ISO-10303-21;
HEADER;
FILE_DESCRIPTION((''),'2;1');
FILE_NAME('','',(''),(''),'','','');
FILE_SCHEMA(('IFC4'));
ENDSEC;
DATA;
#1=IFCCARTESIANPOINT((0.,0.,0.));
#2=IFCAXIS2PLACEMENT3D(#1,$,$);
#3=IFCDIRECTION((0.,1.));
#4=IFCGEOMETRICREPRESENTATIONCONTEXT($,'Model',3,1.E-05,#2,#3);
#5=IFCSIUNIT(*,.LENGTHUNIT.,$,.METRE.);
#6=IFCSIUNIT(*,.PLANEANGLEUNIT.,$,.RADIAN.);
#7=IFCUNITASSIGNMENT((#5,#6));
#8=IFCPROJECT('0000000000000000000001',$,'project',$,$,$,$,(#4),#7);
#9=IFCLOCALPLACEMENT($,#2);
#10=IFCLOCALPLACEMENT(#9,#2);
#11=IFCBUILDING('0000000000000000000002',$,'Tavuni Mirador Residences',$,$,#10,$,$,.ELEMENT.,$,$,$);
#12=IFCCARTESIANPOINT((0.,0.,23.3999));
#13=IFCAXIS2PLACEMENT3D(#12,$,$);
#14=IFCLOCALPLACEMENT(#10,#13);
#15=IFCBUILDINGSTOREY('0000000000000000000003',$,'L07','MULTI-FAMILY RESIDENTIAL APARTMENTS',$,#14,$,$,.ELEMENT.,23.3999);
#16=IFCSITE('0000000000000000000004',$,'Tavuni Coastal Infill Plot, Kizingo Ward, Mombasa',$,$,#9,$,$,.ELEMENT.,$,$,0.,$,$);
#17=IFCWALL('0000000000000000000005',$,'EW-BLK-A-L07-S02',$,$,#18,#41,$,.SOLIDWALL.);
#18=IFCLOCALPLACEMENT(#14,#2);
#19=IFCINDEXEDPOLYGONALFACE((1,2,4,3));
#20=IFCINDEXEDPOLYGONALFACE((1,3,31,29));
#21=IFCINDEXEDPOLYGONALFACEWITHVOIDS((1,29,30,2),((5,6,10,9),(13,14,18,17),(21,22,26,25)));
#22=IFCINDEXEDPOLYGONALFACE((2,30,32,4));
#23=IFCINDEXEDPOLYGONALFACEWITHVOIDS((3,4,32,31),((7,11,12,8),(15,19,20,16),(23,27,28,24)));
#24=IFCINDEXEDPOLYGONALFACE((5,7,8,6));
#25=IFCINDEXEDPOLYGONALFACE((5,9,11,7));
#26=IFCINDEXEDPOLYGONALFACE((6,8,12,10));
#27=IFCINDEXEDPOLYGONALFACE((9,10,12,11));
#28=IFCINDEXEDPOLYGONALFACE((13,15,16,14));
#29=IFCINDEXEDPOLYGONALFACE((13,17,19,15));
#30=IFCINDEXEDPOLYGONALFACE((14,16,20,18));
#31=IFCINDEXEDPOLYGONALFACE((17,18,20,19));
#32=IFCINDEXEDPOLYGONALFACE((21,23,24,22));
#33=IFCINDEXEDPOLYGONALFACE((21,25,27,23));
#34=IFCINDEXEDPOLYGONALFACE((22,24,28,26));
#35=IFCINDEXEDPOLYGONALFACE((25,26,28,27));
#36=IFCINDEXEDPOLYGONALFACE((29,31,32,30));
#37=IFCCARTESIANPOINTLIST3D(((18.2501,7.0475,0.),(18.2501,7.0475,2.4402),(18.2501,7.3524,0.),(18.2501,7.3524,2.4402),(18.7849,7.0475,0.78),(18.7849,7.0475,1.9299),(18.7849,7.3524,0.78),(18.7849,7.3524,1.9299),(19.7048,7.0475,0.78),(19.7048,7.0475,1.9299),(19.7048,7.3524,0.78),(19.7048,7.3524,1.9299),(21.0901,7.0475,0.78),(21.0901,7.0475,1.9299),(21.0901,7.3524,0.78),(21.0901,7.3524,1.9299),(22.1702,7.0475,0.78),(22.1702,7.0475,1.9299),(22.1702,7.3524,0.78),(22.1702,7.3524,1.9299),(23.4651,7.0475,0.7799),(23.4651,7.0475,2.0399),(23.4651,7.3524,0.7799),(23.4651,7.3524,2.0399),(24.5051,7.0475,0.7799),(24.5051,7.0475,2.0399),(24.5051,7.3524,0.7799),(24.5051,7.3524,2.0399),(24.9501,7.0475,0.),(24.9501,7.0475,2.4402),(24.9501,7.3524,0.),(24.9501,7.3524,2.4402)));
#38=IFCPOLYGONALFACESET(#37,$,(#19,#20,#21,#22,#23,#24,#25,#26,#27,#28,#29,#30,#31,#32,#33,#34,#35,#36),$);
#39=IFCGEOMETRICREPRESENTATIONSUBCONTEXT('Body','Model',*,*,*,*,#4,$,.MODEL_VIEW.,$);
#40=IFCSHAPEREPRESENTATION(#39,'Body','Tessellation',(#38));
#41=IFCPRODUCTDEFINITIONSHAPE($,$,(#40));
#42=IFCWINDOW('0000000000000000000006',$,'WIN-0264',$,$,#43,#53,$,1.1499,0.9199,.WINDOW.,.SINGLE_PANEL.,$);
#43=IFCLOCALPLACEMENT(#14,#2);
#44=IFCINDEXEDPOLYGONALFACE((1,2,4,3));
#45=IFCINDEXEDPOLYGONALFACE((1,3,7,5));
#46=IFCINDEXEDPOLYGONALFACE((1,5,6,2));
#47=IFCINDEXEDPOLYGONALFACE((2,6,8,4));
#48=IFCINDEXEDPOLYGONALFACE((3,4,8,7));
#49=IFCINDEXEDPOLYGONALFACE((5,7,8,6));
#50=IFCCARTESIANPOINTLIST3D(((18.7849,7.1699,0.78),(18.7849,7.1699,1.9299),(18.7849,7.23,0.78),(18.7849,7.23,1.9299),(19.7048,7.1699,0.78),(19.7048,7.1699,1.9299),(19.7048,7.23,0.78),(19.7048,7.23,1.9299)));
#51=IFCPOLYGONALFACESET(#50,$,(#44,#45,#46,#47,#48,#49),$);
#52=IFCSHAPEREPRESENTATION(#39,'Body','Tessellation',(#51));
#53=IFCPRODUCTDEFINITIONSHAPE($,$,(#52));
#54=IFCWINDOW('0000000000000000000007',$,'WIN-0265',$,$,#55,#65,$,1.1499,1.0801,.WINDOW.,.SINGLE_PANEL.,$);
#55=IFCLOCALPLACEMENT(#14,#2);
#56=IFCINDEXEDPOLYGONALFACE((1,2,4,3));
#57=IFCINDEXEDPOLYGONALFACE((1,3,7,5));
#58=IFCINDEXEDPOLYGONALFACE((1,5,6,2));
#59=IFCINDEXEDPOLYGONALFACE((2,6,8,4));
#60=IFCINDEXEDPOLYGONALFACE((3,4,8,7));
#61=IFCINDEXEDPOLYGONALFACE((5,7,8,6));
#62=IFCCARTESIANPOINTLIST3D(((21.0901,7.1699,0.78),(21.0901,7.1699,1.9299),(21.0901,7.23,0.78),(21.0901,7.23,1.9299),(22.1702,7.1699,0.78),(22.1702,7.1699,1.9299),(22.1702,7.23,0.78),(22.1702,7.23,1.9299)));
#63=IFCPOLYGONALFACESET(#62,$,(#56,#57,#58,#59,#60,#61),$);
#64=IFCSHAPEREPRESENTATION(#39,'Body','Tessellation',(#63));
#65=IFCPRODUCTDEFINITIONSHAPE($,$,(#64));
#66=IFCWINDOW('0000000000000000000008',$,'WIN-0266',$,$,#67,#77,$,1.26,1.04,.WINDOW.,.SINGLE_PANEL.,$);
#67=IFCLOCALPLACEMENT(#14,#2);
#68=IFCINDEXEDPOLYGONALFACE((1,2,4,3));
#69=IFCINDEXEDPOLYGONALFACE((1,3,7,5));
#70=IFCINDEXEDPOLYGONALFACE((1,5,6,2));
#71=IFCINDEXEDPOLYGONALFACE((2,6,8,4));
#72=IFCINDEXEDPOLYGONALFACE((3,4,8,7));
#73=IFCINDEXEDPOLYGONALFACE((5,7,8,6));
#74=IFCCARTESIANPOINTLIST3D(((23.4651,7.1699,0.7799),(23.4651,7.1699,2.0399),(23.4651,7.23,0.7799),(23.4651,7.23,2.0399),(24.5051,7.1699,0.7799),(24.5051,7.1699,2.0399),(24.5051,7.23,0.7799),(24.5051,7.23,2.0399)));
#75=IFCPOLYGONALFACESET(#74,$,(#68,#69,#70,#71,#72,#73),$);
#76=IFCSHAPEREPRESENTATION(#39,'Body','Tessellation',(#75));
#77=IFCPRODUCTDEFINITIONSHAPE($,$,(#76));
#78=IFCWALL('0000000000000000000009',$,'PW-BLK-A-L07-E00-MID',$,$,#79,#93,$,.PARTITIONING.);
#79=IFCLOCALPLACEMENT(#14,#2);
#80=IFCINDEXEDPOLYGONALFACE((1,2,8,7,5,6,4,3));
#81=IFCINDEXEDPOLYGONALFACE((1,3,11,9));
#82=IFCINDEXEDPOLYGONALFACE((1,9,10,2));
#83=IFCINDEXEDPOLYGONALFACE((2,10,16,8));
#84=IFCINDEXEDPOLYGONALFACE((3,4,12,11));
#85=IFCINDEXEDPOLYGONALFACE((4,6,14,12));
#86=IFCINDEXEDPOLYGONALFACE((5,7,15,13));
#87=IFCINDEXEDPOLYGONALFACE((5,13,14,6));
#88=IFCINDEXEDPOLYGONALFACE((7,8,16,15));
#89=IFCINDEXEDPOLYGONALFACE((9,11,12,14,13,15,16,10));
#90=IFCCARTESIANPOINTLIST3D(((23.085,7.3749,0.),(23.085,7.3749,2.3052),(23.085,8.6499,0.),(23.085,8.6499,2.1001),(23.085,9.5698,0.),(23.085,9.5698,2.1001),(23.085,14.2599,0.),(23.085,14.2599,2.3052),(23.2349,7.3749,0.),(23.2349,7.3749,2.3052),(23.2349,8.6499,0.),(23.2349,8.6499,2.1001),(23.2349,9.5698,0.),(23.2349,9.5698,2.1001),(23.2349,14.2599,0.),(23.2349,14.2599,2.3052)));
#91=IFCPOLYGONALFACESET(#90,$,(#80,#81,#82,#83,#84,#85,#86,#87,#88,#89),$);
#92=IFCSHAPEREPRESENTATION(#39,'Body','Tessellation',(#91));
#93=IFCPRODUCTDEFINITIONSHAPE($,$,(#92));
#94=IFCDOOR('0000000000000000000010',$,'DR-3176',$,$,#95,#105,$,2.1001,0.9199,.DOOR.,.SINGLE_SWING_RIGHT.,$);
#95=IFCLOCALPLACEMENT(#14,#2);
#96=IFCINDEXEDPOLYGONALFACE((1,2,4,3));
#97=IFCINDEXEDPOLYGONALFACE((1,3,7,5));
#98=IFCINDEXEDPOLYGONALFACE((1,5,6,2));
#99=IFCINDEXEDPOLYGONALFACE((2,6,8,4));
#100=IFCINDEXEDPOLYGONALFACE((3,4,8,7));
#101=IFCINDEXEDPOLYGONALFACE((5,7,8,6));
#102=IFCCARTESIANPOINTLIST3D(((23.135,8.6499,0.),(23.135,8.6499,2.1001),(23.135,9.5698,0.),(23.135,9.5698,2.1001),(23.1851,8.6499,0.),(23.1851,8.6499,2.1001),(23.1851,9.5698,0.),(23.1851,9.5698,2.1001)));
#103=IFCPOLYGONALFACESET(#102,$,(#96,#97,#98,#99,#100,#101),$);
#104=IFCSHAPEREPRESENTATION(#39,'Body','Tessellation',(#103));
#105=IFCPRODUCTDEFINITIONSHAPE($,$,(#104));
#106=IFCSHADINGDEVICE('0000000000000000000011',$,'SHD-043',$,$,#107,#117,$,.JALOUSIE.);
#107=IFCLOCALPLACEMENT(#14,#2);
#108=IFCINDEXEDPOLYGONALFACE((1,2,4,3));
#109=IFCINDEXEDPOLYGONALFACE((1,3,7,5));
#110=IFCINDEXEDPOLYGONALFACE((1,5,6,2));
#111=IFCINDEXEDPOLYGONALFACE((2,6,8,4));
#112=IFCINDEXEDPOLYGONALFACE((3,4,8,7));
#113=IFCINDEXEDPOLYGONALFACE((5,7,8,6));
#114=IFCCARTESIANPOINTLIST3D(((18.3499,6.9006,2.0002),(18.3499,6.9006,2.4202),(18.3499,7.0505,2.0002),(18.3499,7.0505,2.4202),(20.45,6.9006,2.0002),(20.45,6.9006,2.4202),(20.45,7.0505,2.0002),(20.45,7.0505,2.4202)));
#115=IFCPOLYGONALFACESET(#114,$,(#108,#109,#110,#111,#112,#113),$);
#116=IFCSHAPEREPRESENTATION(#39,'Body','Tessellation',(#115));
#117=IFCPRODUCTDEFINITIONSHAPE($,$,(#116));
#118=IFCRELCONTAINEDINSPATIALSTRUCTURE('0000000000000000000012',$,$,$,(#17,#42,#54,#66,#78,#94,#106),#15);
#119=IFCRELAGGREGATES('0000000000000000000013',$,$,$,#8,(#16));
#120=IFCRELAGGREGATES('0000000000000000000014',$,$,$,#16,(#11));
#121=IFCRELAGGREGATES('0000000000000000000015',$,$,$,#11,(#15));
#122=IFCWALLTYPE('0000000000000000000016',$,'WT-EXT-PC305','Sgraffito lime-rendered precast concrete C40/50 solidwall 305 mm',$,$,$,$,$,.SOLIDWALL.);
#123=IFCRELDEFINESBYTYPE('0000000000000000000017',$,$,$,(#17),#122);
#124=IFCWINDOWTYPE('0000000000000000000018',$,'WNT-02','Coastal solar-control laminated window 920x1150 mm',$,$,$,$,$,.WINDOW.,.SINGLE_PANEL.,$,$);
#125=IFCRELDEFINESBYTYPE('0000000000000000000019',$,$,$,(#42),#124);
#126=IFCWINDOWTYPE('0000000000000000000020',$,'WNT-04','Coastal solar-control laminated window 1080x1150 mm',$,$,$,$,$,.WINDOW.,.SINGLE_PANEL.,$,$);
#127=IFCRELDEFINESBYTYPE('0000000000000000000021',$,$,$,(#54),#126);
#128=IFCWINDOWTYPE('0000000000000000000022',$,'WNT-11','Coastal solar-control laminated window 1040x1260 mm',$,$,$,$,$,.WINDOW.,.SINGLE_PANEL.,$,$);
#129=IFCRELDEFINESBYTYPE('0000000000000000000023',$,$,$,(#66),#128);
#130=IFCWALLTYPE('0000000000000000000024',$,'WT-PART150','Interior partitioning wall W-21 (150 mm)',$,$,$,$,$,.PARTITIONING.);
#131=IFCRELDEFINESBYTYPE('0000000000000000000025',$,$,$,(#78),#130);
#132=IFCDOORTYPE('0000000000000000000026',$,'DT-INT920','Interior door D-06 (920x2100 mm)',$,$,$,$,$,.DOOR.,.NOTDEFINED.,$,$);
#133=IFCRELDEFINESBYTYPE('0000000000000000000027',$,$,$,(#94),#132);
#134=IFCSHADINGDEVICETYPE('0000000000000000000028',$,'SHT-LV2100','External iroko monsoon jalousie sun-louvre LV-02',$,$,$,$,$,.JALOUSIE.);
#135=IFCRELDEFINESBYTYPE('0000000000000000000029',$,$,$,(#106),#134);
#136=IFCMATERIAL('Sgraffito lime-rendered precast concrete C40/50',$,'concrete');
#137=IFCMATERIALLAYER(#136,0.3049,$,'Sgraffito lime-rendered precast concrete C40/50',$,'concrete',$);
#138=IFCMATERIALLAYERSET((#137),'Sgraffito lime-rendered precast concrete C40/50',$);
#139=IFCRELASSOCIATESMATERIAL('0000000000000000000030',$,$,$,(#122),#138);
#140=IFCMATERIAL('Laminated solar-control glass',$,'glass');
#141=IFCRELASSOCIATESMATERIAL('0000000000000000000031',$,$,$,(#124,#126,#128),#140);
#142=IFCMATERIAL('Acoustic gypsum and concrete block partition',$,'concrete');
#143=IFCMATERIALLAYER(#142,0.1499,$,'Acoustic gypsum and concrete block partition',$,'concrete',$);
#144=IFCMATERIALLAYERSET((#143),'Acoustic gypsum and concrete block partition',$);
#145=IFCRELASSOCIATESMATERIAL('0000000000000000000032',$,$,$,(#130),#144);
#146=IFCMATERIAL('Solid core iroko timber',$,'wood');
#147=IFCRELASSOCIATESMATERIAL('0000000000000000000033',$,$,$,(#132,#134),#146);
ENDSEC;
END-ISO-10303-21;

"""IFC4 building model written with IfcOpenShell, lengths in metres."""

from ifc_helpers import new_model, si_unit, direction, frame, frame_2d, origin, origin_2d, place, context, subcontext, project, spatial, rectangle, extrude, material, layer, layer_set, type_object, element, fill, save


model = new_model("IFC4")

# Units and contexts
model_context = context("Model", 3, precision=1e-05, world=origin(), true_north=direction((0.0, 1.0)))
body_context = subcontext(model_context, "Body", "Model", "MODEL_VIEW")
ifc_project = project(units=[si_unit("LENGTHUNIT", "METRE"), si_unit("PLANEANGLEUNIT", "RADIAN")], contexts=[model_context])

# Site, building, storey
site_placement = place(None, origin())
site = spatial("IfcSite", under=ifc_project, at=site_placement, Name="Tavuni Coastal Infill Plot, Kizingo Ward, Mombasa", CompositionType="ELEMENT", RefElevation=0.0)
building_placement = place(site_placement, origin())
building = spatial("IfcBuilding", under=site, at=building_placement, Name="Tavuni Mirador Residences", CompositionType="ELEMENT")
storey_placement = place(building_placement, frame((0.0, 0.0, 23.3999)))
storey = spatial("IfcBuildingStorey", under=building, at=storey_placement, Name="L07", Description="MULTI-FAMILY RESIDENTIAL APARTMENTS", CompositionType="ELEMENT", Elevation=23.3999)

# Shared definitions
ifc_material_1 = material(Name="Solid core iroko timber", Category="wood")

# Wall, openings, windows
ifc_material_2 = material(Name="Sgraffito lime-rendered precast concrete C40/50", Category="concrete")
ifc_material_3 = material(Name="Laminated solar-control glass", Category="glass")
ifc_layer_1 = layer(ifc_material_2, 0.3049, Name="Sgraffito lime-rendered precast concrete C40/50", Category="concrete")
ifc_layer_set_1 = layer_set([ifc_layer_1], Name="Sgraffito lime-rendered precast concrete C40/50")
wall_type_1 = type_object("IfcWallType", Name="WT-EXT-PC305", Description="Sgraffito lime-rendered precast concrete C40/50 solidwall 305 mm", PredefinedType="SOLIDWALL", material=ifc_layer_set_1)
wall_1_placement = place(storey_placement, frame((18.25, 7.2, 0.0), z_axis=(0.0, 0.0, 1.0), x_axis=(1.0, 0.0, 0.0)))
wall_1 = element("IfcWall", 1, at=wall_1_placement, inside=storey, type_object=wall_type_1, Name="EW-BLK-A-L07-S02", PredefinedType="SOLIDWALL", context=body_context, shape_type="SweptSolid", body=[
    extrude(rectangle(XDim=6.7, YDim=0.3049, at=frame_2d((3.3501, 0.0))), origin(), (0.0, 0.0, 1.0), 2.4402),
])
opening_1_placement = place(wall_1_placement, frame((0.5349, 0.0, 0.78)))
opening_1 = element("IfcOpeningElement", 2, at=opening_1_placement, cuts=wall_1, PredefinedType="OPENING", context=body_context, shape_type="SweptSolid", body=[
    extrude(rectangle(XDim=0.9199, YDim=1.1499, at=frame_2d((0.46, 0.575))), frame((0.0, 0.1626, 0.0), z_axis=(0.0, -1.0, 0.0), x_axis=(1.0, 0.0, 0.0)), (0.0, 0.0, 1.0), 0.325),
])
opening_2_placement = place(wall_1_placement, frame((2.8401, 0.0, 0.78)))
opening_2 = element("IfcOpeningElement", 3, at=opening_2_placement, cuts=wall_1, PredefinedType="OPENING", context=body_context, shape_type="SweptSolid", body=[
    extrude(rectangle(XDim=1.0801, YDim=1.1499, at=frame_2d((0.54, 0.575))), frame((0.0, 0.1626, 0.0), z_axis=(0.0, -1.0, 0.0), x_axis=(1.0, 0.0, 0.0)), (0.0, 0.0, 1.0), 0.325),
])
opening_3_placement = place(wall_1_placement, frame((5.2151, 0.0, 0.78)))
opening_3 = element("IfcOpeningElement", 4, at=opening_3_placement, cuts=wall_1, PredefinedType="OPENING", context=body_context, shape_type="SweptSolid", body=[
    extrude(rectangle(XDim=1.04, YDim=1.26, at=frame_2d((0.52, 0.6299))), frame((0.0, 0.1626, 0.0), z_axis=(0.0, -1.0, 0.0), x_axis=(1.0, 0.0, 0.0)), (0.0, 0.0, 1.0), 0.325),
])
window_type_1 = type_object("IfcWindowType", Name="WNT-02", Description="Coastal solar-control laminated window 920x1150 mm", PartitioningType="SINGLE_PANEL", PredefinedType="WINDOW", material=ifc_material_3)
window_1_placement = place(opening_1_placement, origin())
window_1 = element("IfcWindow", 5, at=window_1_placement, inside=storey, type_object=window_type_1, Name="WIN-0264", OverallHeight=1.1499, OverallWidth=0.9199, PartitioningType="SINGLE_PANEL", PredefinedType="WINDOW", context=body_context, shape_type="SweptSolid", body=[
    extrude(rectangle(XDim=0.9199, YDim=1.1499, at=frame_2d((0.46, 0.575))), frame((0.0, 0.03, 0.0), z_axis=(0.0, -1.0, 0.0), x_axis=(1.0, 0.0, 0.0)), (0.0, 0.0, 1.0), 0.0601),
])
fill(opening_1, window_1)
window_type_2 = type_object("IfcWindowType", Name="WNT-04", Description="Coastal solar-control laminated window 1080x1150 mm", PartitioningType="SINGLE_PANEL", PredefinedType="WINDOW", material=ifc_material_3)
window_2_placement = place(opening_2_placement, origin())
window_2 = element("IfcWindow", 6, at=window_2_placement, inside=storey, type_object=window_type_2, Name="WIN-0265", OverallHeight=1.1499, OverallWidth=1.0801, PartitioningType="SINGLE_PANEL", PredefinedType="WINDOW", context=body_context, shape_type="SweptSolid", body=[
    extrude(rectangle(XDim=1.0801, YDim=1.1499, at=frame_2d((0.54, 0.575))), frame((0.0, 0.03, 0.0), z_axis=(0.0, -1.0, 0.0), x_axis=(1.0, 0.0, 0.0)), (0.0, 0.0, 1.0), 0.0601),
])
fill(opening_2, window_2)
window_type_3 = type_object("IfcWindowType", Name="WNT-11", Description="Coastal solar-control laminated window 1040x1260 mm", PartitioningType="SINGLE_PANEL", PredefinedType="WINDOW", material=ifc_material_3)
window_3_placement = place(opening_3_placement, origin())
window_3 = element("IfcWindow", 7, at=window_3_placement, inside=storey, type_object=window_type_3, Name="WIN-0266", OverallHeight=1.26, OverallWidth=1.04, PartitioningType="SINGLE_PANEL", PredefinedType="WINDOW", context=body_context, shape_type="SweptSolid", body=[
    extrude(rectangle(XDim=1.04, YDim=1.26, at=frame_2d((0.52, 0.6299))), frame((0.0, 0.03, 0.0), z_axis=(0.0, -1.0, 0.0), x_axis=(1.0, 0.0, 0.0)), (0.0, 0.0, 1.0), 0.0601),
])
fill(opening_3, window_3)

# Wall, opening, door
ifc_material_4 = material(Name="Acoustic gypsum and concrete block partition", Category="concrete")
ifc_layer_2 = layer(ifc_material_4, 0.1499, Name="Acoustic gypsum and concrete block partition", Category="concrete")
ifc_layer_set_2 = layer_set([ifc_layer_2], Name="Acoustic gypsum and concrete block partition")
wall_type_2 = type_object("IfcWallType", Name="WT-PART150", Description="Interior partitioning wall W-21 (150 mm)", PredefinedType="PARTITIONING", material=ifc_layer_set_2)
wall_2_placement = place(storey_placement, frame((23.1599, 7.375, 0.0), z_axis=(0.0, 0.0, 1.0), x_axis=(0.0, 1.0, 0.0)))
wall_2 = element("IfcWall", 8, at=wall_2_placement, inside=storey, type_object=wall_type_2, Name="PW-BLK-A-L07-E00-MID", PredefinedType="PARTITIONING", context=body_context, shape_type="SweptSolid", body=[
    extrude(rectangle(XDim=6.885, YDim=0.1499, at=frame_2d((3.4424, 0.0))), origin(), (0.0, 0.0, 1.0), 2.3052),
])
opening_4_placement = place(wall_2_placement, frame((1.2749, 0.0, 0.0)))
opening_4 = element("IfcOpeningElement", 9, at=opening_4_placement, cuts=wall_2, PredefinedType="OPENING", context=body_context, shape_type="SweptSolid", body=[
    extrude(rectangle(XDim=0.9199, YDim=2.1001, at=frame_2d((0.46, 1.05))), frame((0.0, 0.085, 0.0), z_axis=(0.0, -1.0, 0.0), x_axis=(1.0, 0.0, 0.0)), (0.0, 0.0, 1.0), 0.1699),
])
door_type_1 = type_object("IfcDoorType", Name="DT-INT920", Description="Interior door D-06 (920x2100 mm)", OperationType="NOTDEFINED", PredefinedType="DOOR", material=ifc_material_1)
door_1_placement = place(opening_4_placement, origin())
door_1 = element("IfcDoor", 10, at=door_1_placement, inside=storey, type_object=door_type_1, Name="DR-3176", OperationType="SINGLE_SWING_RIGHT", OverallHeight=2.1001, OverallWidth=0.9199, PredefinedType="DOOR", context=body_context, shape_type="SweptSolid", body=[
    extrude(rectangle(XDim=0.9199, YDim=2.1001, at=frame_2d((0.46, 1.05))), frame((0.0, 0.0249, 0.0), z_axis=(0.0, -1.0, 0.0), x_axis=(1.0, 0.0, 0.0)), (0.0, 0.0, 1.0), 0.05),
])
fill(opening_4, door_1)

# Shading device
shading_device_type = type_object("IfcShadingDeviceType", Name="SHT-LV2100", Description="External iroko monsoon jalousie sun-louvre LV-02", PredefinedType="JALOUSIE", material=ifc_material_1)
shading_device_placement = place(storey_placement, frame((19.3999, 6.9756, 2.0002), z_axis=(0.0, 0.0, 1.0), x_axis=(1.0, 0.0, 0.0)))
element("IfcShadingDevice", 11, at=shading_device_placement, inside=storey, type_object=shading_device_type, Name="SHD-043", PredefinedType="JALOUSIE", context=body_context, shape_type="SweptSolid", body=[
    extrude(rectangle(XDim=2.1001, YDim=0.1499, at=origin_2d()), origin(), (0.0, 0.0, 1.0), 0.4199),
])

save(model, "model.ifc")
